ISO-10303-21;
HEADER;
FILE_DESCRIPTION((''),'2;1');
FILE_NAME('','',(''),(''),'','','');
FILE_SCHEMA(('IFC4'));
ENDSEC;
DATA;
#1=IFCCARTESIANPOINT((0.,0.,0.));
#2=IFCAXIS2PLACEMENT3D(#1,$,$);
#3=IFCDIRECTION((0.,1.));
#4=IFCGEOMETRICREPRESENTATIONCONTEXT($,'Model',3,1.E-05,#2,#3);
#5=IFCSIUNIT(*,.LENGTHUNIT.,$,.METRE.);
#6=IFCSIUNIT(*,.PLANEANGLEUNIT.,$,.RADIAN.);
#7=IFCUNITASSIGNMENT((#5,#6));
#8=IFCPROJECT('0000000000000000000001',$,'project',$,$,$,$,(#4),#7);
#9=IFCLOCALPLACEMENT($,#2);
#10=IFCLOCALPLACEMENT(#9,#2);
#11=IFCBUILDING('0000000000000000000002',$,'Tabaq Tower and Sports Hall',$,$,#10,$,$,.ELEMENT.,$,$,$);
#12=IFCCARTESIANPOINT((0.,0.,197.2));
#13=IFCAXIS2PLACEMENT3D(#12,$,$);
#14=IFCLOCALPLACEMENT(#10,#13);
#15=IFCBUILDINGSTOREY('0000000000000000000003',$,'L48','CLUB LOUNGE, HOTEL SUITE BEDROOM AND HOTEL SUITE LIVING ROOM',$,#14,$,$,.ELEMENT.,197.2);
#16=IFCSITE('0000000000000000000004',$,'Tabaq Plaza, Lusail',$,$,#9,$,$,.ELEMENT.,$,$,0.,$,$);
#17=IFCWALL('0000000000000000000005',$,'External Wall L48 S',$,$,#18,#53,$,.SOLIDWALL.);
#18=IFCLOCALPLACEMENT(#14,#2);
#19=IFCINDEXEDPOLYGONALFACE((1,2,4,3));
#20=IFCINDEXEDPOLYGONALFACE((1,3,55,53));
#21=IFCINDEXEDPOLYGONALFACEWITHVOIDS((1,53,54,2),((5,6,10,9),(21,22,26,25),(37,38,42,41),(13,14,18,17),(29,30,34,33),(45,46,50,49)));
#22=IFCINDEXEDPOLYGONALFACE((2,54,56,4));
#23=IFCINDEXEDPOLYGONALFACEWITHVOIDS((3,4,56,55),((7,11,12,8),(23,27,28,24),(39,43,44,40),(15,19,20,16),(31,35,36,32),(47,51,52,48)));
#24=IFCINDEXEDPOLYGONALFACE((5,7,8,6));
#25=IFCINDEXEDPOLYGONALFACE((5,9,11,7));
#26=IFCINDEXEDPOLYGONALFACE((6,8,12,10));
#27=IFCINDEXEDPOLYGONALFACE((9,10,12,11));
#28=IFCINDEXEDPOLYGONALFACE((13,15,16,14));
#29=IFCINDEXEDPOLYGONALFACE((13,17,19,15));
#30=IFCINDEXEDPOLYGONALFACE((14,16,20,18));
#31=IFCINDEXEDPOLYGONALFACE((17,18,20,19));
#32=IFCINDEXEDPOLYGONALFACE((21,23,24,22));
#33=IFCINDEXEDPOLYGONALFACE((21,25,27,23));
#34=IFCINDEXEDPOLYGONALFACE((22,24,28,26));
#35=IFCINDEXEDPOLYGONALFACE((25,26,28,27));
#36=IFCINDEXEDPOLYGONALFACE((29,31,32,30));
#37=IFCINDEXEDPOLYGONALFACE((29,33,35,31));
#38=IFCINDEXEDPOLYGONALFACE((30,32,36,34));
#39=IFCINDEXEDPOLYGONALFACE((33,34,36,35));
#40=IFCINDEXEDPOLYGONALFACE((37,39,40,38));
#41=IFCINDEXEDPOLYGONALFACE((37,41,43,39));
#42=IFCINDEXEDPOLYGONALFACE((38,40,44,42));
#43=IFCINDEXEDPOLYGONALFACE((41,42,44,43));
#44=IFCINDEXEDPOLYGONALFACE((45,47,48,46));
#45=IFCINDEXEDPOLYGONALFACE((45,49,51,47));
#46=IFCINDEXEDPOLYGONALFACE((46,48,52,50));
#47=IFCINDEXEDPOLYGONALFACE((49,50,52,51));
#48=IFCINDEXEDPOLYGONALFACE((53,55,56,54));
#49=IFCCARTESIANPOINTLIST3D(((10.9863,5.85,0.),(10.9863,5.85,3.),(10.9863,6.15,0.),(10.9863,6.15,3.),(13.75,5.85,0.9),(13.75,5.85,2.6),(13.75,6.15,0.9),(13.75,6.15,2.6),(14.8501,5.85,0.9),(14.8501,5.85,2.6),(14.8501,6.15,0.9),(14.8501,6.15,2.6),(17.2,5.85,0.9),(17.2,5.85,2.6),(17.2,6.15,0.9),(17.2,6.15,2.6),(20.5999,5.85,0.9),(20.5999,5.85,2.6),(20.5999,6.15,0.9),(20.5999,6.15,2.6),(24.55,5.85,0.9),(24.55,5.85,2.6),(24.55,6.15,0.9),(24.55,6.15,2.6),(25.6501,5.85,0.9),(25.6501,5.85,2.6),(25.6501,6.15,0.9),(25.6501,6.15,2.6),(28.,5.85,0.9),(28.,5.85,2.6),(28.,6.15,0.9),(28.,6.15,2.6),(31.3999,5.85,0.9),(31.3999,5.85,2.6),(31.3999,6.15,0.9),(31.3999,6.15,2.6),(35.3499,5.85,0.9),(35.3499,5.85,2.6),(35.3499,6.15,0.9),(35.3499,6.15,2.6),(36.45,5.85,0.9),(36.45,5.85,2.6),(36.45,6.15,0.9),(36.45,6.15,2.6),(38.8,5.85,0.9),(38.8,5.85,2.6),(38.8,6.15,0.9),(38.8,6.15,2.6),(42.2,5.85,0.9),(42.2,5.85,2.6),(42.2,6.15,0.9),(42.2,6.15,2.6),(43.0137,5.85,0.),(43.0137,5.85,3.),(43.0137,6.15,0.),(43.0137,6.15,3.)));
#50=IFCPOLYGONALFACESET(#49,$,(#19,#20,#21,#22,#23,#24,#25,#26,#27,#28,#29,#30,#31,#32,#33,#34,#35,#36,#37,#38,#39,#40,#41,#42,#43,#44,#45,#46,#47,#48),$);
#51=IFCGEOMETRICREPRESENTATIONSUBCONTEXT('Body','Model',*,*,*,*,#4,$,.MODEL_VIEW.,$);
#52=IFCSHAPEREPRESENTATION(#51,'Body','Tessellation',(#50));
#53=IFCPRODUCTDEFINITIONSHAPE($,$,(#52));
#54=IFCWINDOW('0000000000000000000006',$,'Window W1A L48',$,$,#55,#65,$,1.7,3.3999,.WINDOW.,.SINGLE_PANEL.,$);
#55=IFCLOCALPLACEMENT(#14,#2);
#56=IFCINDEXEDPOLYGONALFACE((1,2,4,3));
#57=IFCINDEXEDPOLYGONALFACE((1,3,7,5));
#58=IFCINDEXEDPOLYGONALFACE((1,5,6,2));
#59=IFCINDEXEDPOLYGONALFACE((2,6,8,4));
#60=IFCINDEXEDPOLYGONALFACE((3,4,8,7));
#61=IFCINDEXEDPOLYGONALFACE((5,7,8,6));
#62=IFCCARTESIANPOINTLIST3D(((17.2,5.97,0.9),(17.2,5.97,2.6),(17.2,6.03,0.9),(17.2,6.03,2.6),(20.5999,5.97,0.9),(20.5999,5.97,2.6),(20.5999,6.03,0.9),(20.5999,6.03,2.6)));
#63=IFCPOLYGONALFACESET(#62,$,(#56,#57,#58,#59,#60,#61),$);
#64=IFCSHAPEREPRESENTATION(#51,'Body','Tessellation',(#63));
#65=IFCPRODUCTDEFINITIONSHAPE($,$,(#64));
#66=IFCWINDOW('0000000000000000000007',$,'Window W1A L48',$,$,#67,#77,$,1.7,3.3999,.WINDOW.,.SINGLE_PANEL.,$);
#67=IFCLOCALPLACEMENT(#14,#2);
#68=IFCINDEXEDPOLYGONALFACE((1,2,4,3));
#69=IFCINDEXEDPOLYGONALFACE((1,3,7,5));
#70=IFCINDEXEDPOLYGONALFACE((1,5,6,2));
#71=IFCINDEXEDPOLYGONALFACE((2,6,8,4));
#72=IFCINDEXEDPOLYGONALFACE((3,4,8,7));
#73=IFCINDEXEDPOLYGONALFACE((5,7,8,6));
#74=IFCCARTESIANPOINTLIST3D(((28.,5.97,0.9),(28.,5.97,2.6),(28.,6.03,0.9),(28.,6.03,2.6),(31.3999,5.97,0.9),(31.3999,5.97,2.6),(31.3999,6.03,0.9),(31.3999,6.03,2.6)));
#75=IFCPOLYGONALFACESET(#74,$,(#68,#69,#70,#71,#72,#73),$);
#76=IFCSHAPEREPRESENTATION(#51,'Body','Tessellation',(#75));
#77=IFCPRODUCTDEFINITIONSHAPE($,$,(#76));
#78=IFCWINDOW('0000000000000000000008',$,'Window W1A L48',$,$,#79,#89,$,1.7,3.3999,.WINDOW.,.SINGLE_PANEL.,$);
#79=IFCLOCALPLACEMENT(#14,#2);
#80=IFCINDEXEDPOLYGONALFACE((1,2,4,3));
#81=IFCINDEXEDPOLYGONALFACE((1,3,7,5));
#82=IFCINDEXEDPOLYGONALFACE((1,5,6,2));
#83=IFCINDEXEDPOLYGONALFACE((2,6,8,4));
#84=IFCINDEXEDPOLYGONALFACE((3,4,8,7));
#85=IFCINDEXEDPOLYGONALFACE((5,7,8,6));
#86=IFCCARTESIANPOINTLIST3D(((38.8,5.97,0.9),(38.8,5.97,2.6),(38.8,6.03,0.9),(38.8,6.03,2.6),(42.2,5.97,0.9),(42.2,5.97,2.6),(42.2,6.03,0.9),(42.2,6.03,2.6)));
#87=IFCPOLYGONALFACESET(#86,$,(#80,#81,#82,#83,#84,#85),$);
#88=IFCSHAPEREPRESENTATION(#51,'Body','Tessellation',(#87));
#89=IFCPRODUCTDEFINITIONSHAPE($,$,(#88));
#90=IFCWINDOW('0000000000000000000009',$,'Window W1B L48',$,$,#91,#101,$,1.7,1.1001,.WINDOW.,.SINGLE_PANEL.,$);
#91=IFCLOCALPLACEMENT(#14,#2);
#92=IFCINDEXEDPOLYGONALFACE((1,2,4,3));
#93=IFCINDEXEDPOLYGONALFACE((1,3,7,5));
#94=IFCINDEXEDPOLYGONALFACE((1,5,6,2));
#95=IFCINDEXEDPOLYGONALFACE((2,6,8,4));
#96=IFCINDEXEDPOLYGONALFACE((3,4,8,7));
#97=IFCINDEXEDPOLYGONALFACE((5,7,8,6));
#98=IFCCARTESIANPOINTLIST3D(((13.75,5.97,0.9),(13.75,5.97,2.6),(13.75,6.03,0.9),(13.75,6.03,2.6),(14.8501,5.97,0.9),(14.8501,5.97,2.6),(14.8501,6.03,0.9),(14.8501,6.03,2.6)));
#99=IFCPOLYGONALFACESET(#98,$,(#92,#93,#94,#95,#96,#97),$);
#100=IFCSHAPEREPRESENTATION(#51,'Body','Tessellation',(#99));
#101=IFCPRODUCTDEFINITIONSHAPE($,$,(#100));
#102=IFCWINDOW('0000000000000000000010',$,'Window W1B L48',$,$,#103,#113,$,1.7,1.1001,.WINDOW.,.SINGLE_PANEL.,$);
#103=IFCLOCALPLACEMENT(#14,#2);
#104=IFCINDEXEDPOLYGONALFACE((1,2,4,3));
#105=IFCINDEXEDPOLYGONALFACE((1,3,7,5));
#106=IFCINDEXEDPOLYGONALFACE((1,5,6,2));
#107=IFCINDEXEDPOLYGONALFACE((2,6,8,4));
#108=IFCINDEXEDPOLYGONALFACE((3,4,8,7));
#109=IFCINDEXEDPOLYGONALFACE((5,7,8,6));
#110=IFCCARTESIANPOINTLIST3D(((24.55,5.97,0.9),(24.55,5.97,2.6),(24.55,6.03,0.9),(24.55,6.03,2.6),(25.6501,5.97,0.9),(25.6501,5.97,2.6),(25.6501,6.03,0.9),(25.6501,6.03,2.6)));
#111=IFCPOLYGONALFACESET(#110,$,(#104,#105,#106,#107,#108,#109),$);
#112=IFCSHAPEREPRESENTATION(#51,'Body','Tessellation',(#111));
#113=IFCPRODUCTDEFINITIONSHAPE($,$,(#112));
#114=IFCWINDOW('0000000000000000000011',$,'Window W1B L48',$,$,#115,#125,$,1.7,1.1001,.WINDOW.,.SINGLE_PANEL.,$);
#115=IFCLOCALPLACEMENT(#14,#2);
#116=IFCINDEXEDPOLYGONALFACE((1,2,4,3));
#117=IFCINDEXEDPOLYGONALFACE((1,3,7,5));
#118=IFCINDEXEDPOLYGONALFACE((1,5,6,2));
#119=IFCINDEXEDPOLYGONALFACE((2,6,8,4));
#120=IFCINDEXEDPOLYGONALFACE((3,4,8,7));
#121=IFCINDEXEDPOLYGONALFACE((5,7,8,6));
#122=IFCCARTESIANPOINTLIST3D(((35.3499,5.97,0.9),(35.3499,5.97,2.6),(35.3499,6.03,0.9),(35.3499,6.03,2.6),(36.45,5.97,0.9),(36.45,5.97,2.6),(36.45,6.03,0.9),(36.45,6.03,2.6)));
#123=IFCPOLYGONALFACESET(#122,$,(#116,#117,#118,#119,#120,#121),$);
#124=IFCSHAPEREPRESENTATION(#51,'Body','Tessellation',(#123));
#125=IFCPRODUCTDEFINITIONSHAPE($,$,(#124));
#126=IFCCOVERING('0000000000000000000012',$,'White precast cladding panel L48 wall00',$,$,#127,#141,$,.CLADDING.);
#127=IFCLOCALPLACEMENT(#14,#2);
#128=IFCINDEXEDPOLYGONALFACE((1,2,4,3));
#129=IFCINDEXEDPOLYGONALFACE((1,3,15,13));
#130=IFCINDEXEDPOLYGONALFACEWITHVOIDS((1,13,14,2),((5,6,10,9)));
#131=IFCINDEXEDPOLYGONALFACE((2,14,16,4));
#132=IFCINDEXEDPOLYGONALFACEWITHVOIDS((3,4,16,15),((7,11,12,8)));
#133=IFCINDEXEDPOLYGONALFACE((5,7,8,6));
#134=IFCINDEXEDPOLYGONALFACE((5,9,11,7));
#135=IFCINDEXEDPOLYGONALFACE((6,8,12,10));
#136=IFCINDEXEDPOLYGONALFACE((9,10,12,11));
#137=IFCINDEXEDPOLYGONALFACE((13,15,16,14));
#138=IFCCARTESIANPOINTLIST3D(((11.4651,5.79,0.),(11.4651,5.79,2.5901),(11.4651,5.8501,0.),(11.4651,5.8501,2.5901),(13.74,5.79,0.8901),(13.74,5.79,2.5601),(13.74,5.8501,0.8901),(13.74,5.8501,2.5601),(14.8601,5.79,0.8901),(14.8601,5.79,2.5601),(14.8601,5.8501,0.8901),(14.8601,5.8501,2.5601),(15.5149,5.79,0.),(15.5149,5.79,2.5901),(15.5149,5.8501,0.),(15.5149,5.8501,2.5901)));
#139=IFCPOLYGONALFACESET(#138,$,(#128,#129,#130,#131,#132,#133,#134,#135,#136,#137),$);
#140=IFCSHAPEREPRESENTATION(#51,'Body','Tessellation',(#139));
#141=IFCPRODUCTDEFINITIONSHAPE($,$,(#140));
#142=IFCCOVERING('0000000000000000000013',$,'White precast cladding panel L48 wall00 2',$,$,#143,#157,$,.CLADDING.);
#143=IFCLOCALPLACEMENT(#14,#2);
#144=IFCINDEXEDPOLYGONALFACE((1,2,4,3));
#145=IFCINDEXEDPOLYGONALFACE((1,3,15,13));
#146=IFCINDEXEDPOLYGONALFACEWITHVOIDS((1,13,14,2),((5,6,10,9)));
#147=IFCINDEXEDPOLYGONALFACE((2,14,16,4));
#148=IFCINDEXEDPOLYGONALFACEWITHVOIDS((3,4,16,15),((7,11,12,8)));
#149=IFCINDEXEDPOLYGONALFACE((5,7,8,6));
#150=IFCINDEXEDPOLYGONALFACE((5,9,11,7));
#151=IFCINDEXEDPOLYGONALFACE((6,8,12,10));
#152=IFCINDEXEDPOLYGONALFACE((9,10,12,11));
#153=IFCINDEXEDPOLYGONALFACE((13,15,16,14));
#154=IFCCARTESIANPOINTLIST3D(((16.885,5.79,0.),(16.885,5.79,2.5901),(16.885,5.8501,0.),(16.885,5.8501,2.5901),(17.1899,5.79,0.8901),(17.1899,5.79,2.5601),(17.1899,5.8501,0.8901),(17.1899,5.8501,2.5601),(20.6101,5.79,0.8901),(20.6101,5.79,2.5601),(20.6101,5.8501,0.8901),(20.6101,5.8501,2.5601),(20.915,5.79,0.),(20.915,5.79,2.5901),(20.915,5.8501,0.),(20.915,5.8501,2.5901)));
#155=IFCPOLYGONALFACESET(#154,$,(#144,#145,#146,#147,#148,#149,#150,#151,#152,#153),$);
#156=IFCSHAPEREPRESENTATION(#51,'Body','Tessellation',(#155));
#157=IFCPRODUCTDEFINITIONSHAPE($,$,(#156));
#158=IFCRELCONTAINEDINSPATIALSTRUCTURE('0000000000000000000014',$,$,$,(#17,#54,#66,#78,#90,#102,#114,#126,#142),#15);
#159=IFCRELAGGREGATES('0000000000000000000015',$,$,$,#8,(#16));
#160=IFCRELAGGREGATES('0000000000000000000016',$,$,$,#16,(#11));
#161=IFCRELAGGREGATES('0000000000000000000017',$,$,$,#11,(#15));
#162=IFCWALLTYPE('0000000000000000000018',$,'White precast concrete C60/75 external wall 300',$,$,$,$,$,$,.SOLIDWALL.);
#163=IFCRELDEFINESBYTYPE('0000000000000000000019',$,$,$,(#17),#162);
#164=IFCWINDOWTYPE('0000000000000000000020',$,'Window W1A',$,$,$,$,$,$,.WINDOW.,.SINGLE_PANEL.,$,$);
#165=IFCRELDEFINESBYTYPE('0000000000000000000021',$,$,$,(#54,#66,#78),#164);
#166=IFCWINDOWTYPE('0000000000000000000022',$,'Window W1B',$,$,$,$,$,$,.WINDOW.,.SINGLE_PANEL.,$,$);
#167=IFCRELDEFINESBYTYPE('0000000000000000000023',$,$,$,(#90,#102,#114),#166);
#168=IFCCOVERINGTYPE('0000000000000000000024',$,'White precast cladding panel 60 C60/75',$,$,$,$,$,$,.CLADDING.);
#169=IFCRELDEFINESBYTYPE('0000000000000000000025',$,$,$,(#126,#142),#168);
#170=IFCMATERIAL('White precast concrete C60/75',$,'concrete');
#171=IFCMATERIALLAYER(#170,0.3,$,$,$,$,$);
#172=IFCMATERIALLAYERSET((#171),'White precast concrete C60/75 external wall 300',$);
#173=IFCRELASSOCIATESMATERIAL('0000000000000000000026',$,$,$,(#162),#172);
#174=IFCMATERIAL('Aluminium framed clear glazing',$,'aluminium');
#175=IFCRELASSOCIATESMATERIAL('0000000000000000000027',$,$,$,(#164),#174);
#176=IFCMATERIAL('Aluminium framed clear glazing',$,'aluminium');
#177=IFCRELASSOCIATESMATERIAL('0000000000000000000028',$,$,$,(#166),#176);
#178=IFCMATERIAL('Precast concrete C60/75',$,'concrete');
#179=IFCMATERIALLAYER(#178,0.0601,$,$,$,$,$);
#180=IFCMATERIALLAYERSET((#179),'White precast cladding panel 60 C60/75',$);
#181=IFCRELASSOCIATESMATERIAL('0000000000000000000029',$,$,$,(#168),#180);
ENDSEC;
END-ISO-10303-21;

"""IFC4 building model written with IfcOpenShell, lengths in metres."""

from ifc_helpers import new_model, si_unit, direction, frame, frame_2d, origin, place, context, subcontext, project, spatial, polyline, rectangle, outline, extrude, material, layer, layer_set, type_object, element, fill, save


model = new_model("IFC4")

# Units and contexts
model_context = context("Model", 3, precision=1e-05, world=origin(), true_north=direction((0.0, 1.0)))
body_context = subcontext(model_context, "Body", "Model", "MODEL_VIEW")
ifc_project = project(units=[si_unit("LENGTHUNIT", "METRE"), si_unit("PLANEANGLEUNIT", "RADIAN")], contexts=[model_context])

# Site, building, storey
site_placement = place(None, origin())
site = spatial("IfcSite", under=ifc_project, at=site_placement, Name="Tabaq Plaza, Lusail", CompositionType="ELEMENT", RefElevation=0.0)
building_placement = place(site_placement, origin())
building = spatial("IfcBuilding", under=site, at=building_placement, Name="Tabaq Tower and Sports Hall", CompositionType="ELEMENT")
storey_placement = place(building_placement, frame((0.0, 0.0, 197.2)))
storey = spatial("IfcBuildingStorey", under=building, at=storey_placement, Name="L48", Description="CLUB LOUNGE, HOTEL SUITE BEDROOM AND HOTEL SUITE LIVING ROOM", CompositionType="ELEMENT", Elevation=197.2)

# Wall, openings, windows
ifc_material_1 = material(Name="White precast concrete C60/75", Category="concrete")
ifc_layer_1 = layer(ifc_material_1, 0.3)
ifc_layer_set_1 = layer_set([ifc_layer_1], Name="White precast concrete C60/75 external wall 300")
wall_type_1 = type_object("IfcWallType", Name="White precast concrete C60/75 external wall 300", PredefinedType="SOLIDWALL", material=ifc_layer_set_1)
wall_1_placement = place(storey_placement, frame((10.9863, 6.0, 0.0), z_axis=(0.0, 0.0, 1.0), x_axis=(1.0, 0.0, 0.0)))
wall_1 = element("IfcWall", 1, at=wall_1_placement, inside=storey, type_object=wall_type_1, Name="External Wall L48 S", PredefinedType="SOLIDWALL", context=body_context, shape_type="SweptSolid", body=[
    extrude(rectangle(XDim=32.0273, YDim=0.3, at=frame_2d((16.0137, 0.0))), origin(), (0.0, 0.0, 1.0), 3.0),
])
opening_1_placement = place(wall_1_placement, frame((2.7637, 0.0, 0.8999)))
opening_1 = element("IfcOpeningElement", 2, at=opening_1_placement, cuts=wall_1, PredefinedType="OPENING", context=body_context, shape_type="SweptSolid", body=[
    extrude(rectangle(XDim=1.1001, YDim=1.7, at=frame_2d((0.55, 0.8501))), frame((0.0, 0.1602, 0.0), z_axis=(0.0, -1.0, 0.0), x_axis=(1.0, 0.0, 0.0)), (0.0, 0.0, 1.0), 0.3201),
])
opening_2_placement = place(wall_1_placement, frame((6.2136, 0.0, 0.8999)))
opening_2 = element("IfcOpeningElement", 3, at=opening_2_placement, cuts=wall_1, PredefinedType="OPENING", context=body_context, shape_type="SweptSolid", body=[
    extrude(rectangle(XDim=3.3999, YDim=1.7, at=frame_2d((1.7, 0.8501))), frame((0.0, 0.1602, 0.0), z_axis=(0.0, -1.0, 0.0), x_axis=(1.0, 0.0, 0.0)), (0.0, 0.0, 1.0), 0.3201),
])
opening_3_placement = place(wall_1_placement, frame((13.5637, 0.0, 0.8999)))
opening_3 = element("IfcOpeningElement", 4, at=opening_3_placement, cuts=wall_1, PredefinedType="OPENING", context=body_context, shape_type="SweptSolid", body=[
    extrude(rectangle(XDim=1.1001, YDim=1.7, at=frame_2d((0.55, 0.8501))), frame((0.0, 0.1602, 0.0), z_axis=(0.0, -1.0, 0.0), x_axis=(1.0, 0.0, 0.0)), (0.0, 0.0, 1.0), 0.3201),
])
opening_4_placement = place(wall_1_placement, frame((17.0137, 0.0, 0.8999)))
opening_4 = element("IfcOpeningElement", 5, at=opening_4_placement, cuts=wall_1, PredefinedType="OPENING", context=body_context, shape_type="SweptSolid", body=[
    extrude(rectangle(XDim=3.3999, YDim=1.7, at=frame_2d((1.7, 0.8501))), frame((0.0, 0.1602, 0.0), z_axis=(0.0, -1.0, 0.0), x_axis=(1.0, 0.0, 0.0)), (0.0, 0.0, 1.0), 0.3201),
])
opening_5_placement = place(wall_1_placement, frame((24.3635, 0.0, 0.8999)))
opening_5 = element("IfcOpeningElement", 6, at=opening_5_placement, cuts=wall_1, PredefinedType="OPENING", context=body_context, shape_type="SweptSolid", body=[
    extrude(rectangle(XDim=1.1001, YDim=1.7, at=frame_2d((0.55, 0.8501))), frame((0.0, 0.1602, 0.0), z_axis=(0.0, -1.0, 0.0), x_axis=(1.0, 0.0, 0.0)), (0.0, 0.0, 1.0), 0.3201),
])
opening_6_placement = place(wall_1_placement, frame((27.8137, 0.0, 0.8999)))
opening_6 = element("IfcOpeningElement", 7, at=opening_6_placement, cuts=wall_1, PredefinedType="OPENING", context=body_context, shape_type="SweptSolid", body=[
    extrude(rectangle(XDim=3.3999, YDim=1.7, at=frame_2d((1.7, 0.8501))), frame((0.0, 0.1602, 0.0), z_axis=(0.0, -1.0, 0.0), x_axis=(1.0, 0.0, 0.0)), (0.0, 0.0, 1.0), 0.3201),
])
ifc_material_2 = material(Name="Aluminium framed clear glazing", Category="aluminium")
window_type_1 = type_object("IfcWindowType", Name="Window W1A", PartitioningType="SINGLE_PANEL", PredefinedType="WINDOW", material=ifc_material_2)
window_1_placement = place(opening_2_placement, origin())
window_1 = element("IfcWindow", 8, at=window_1_placement, inside=storey, type_object=window_type_1, Name="Window W1A L48", OverallHeight=1.7, OverallWidth=3.3999, PartitioningType="SINGLE_PANEL", PredefinedType="WINDOW", context=body_context, shape_type="SweptSolid", body=[
    extrude(rectangle(XDim=3.3999, YDim=1.7, at=frame_2d((1.7, 0.8501))), frame((0.0, 0.03, 0.0), z_axis=(0.0, -1.0, 0.0), x_axis=(1.0, 0.0, 0.0)), (0.0, 0.0, 1.0), 0.0601),
])
fill(opening_2, window_1)
window_2_placement = place(opening_4_placement, origin())
window_2 = element("IfcWindow", 9, at=window_2_placement, inside=storey, type_object=window_type_1, Name="Window W1A L48", OverallHeight=1.7, OverallWidth=3.3999, PartitioningType="SINGLE_PANEL", PredefinedType="WINDOW", context=body_context, shape_type="SweptSolid", body=[
    extrude(rectangle(XDim=3.3999, YDim=1.7, at=frame_2d((1.7, 0.8501))), frame((0.0, 0.03, 0.0), z_axis=(0.0, -1.0, 0.0), x_axis=(1.0, 0.0, 0.0)), (0.0, 0.0, 1.0), 0.0601),
])
fill(opening_4, window_2)
window_3_placement = place(opening_6_placement, origin())
window_3 = element("IfcWindow", 10, at=window_3_placement, inside=storey, type_object=window_type_1, Name="Window W1A L48", OverallHeight=1.7, OverallWidth=3.3999, PartitioningType="SINGLE_PANEL", PredefinedType="WINDOW", context=body_context, shape_type="SweptSolid", body=[
    extrude(rectangle(XDim=3.3999, YDim=1.7, at=frame_2d((1.7, 0.8501))), frame((0.0, 0.03, 0.0), z_axis=(0.0, -1.0, 0.0), x_axis=(1.0, 0.0, 0.0)), (0.0, 0.0, 1.0), 0.0601),
])
fill(opening_6, window_3)
ifc_material_3 = material(Name="Aluminium framed clear glazing", Category="aluminium")
window_type_2 = type_object("IfcWindowType", Name="Window W1B", PartitioningType="SINGLE_PANEL", PredefinedType="WINDOW", material=ifc_material_3)
window_4_placement = place(opening_1_placement, origin())
window_4 = element("IfcWindow", 11, at=window_4_placement, inside=storey, type_object=window_type_2, Name="Window W1B L48", OverallHeight=1.7, OverallWidth=1.1001, PartitioningType="SINGLE_PANEL", PredefinedType="WINDOW", context=body_context, shape_type="SweptSolid", body=[
    extrude(rectangle(XDim=1.1001, YDim=1.7, at=frame_2d((0.55, 0.8501))), frame((0.0, 0.03, 0.0), z_axis=(0.0, -1.0, 0.0), x_axis=(1.0, 0.0, 0.0)), (0.0, 0.0, 1.0), 0.0601),
])
fill(opening_1, window_4)
window_5_placement = place(opening_3_placement, origin())
window_5 = element("IfcWindow", 12, at=window_5_placement, inside=storey, type_object=window_type_2, Name="Window W1B L48", OverallHeight=1.7, OverallWidth=1.1001, PartitioningType="SINGLE_PANEL", PredefinedType="WINDOW", context=body_context, shape_type="SweptSolid", body=[
    extrude(rectangle(XDim=1.1001, YDim=1.7, at=frame_2d((0.55, 0.8501))), frame((0.0, 0.03, 0.0), z_axis=(0.0, -1.0, 0.0), x_axis=(1.0, 0.0, 0.0)), (0.0, 0.0, 1.0), 0.0601),
])
fill(opening_3, window_5)
window_6_placement = place(opening_5_placement, origin())
window_6 = element("IfcWindow", 13, at=window_6_placement, inside=storey, type_object=window_type_2, Name="Window W1B L48", OverallHeight=1.7, OverallWidth=1.1001, PartitioningType="SINGLE_PANEL", PredefinedType="WINDOW", context=body_context, shape_type="SweptSolid", body=[
    extrude(rectangle(XDim=1.1001, YDim=1.7, at=frame_2d((0.55, 0.8501))), frame((0.0, 0.03, 0.0), z_axis=(0.0, -1.0, 0.0), x_axis=(1.0, 0.0, 0.0)), (0.0, 0.0, 1.0), 0.0601),
])
fill(opening_5, window_6)

# Coverings
ifc_material_4 = material(Name="Precast concrete C60/75", Category="concrete")
ifc_layer_2 = layer(ifc_material_4, 0.0601)
ifc_layer_set_2 = layer_set([ifc_layer_2], Name="White precast cladding panel 60 C60/75")
covering_type = type_object("IfcCoveringType", Name="White precast cladding panel 60 C60/75", PredefinedType="CLADDING", material=ifc_layer_set_2)
covering_1_placement = place(storey_placement, frame((11.4651, 5.8201, 0.0), z_axis=(0.0, 0.0, 1.0), x_axis=(1.0, 0.0, 0.0)))
element("IfcCovering", 14, at=covering_1_placement, inside=storey, type_object=covering_type, Name="White precast cladding panel L48 wall00", PredefinedType="CLADDING", context=body_context, shape_type="SweptSolid", body=[
    extrude(outline(polyline([(0.0, 0.0), (4.0498, 0.0), (4.0498, 2.5901), (0.0, 2.5901), (0.0, 0.0)]), holes=[polyline([(3.395, 0.8901), (2.2749, 0.8901), (2.2749, 2.5601), (3.395, 2.5601), (3.395, 0.8901)])]), frame((0.0, 0.03, 0.0), z_axis=(0.0, -1.0, 0.0), x_axis=(1.0, 0.0, 0.0)), (0.0, 0.0, 1.0), 0.0601),
])
covering_2_placement = place(storey_placement, frame((16.885, 5.8201, 0.0), z_axis=(0.0, 0.0, 1.0), x_axis=(1.0, 0.0, 0.0)))
element("IfcCovering", 15, at=covering_2_placement, inside=storey, type_object=covering_type, Name="White precast cladding panel L48 wall00 2", PredefinedType="CLADDING", context=body_context, shape_type="SweptSolid", body=[
    extrude(outline(polyline([(0.0, 0.0), (4.03, 0.0), (4.03, 2.5901), (0.0, 2.5901), (0.0, 0.0)]), holes=[polyline([(3.7251, 0.8901), (0.3049, 0.8901), (0.3049, 2.5601), (3.7251, 2.5601), (3.7251, 0.8901)])]), frame((0.0, 0.03, 0.0), z_axis=(0.0, -1.0, 0.0), x_axis=(1.0, 0.0, 0.0)), (0.0, 0.0, 1.0), 0.0601),
])

save(model, "model.ifc")
